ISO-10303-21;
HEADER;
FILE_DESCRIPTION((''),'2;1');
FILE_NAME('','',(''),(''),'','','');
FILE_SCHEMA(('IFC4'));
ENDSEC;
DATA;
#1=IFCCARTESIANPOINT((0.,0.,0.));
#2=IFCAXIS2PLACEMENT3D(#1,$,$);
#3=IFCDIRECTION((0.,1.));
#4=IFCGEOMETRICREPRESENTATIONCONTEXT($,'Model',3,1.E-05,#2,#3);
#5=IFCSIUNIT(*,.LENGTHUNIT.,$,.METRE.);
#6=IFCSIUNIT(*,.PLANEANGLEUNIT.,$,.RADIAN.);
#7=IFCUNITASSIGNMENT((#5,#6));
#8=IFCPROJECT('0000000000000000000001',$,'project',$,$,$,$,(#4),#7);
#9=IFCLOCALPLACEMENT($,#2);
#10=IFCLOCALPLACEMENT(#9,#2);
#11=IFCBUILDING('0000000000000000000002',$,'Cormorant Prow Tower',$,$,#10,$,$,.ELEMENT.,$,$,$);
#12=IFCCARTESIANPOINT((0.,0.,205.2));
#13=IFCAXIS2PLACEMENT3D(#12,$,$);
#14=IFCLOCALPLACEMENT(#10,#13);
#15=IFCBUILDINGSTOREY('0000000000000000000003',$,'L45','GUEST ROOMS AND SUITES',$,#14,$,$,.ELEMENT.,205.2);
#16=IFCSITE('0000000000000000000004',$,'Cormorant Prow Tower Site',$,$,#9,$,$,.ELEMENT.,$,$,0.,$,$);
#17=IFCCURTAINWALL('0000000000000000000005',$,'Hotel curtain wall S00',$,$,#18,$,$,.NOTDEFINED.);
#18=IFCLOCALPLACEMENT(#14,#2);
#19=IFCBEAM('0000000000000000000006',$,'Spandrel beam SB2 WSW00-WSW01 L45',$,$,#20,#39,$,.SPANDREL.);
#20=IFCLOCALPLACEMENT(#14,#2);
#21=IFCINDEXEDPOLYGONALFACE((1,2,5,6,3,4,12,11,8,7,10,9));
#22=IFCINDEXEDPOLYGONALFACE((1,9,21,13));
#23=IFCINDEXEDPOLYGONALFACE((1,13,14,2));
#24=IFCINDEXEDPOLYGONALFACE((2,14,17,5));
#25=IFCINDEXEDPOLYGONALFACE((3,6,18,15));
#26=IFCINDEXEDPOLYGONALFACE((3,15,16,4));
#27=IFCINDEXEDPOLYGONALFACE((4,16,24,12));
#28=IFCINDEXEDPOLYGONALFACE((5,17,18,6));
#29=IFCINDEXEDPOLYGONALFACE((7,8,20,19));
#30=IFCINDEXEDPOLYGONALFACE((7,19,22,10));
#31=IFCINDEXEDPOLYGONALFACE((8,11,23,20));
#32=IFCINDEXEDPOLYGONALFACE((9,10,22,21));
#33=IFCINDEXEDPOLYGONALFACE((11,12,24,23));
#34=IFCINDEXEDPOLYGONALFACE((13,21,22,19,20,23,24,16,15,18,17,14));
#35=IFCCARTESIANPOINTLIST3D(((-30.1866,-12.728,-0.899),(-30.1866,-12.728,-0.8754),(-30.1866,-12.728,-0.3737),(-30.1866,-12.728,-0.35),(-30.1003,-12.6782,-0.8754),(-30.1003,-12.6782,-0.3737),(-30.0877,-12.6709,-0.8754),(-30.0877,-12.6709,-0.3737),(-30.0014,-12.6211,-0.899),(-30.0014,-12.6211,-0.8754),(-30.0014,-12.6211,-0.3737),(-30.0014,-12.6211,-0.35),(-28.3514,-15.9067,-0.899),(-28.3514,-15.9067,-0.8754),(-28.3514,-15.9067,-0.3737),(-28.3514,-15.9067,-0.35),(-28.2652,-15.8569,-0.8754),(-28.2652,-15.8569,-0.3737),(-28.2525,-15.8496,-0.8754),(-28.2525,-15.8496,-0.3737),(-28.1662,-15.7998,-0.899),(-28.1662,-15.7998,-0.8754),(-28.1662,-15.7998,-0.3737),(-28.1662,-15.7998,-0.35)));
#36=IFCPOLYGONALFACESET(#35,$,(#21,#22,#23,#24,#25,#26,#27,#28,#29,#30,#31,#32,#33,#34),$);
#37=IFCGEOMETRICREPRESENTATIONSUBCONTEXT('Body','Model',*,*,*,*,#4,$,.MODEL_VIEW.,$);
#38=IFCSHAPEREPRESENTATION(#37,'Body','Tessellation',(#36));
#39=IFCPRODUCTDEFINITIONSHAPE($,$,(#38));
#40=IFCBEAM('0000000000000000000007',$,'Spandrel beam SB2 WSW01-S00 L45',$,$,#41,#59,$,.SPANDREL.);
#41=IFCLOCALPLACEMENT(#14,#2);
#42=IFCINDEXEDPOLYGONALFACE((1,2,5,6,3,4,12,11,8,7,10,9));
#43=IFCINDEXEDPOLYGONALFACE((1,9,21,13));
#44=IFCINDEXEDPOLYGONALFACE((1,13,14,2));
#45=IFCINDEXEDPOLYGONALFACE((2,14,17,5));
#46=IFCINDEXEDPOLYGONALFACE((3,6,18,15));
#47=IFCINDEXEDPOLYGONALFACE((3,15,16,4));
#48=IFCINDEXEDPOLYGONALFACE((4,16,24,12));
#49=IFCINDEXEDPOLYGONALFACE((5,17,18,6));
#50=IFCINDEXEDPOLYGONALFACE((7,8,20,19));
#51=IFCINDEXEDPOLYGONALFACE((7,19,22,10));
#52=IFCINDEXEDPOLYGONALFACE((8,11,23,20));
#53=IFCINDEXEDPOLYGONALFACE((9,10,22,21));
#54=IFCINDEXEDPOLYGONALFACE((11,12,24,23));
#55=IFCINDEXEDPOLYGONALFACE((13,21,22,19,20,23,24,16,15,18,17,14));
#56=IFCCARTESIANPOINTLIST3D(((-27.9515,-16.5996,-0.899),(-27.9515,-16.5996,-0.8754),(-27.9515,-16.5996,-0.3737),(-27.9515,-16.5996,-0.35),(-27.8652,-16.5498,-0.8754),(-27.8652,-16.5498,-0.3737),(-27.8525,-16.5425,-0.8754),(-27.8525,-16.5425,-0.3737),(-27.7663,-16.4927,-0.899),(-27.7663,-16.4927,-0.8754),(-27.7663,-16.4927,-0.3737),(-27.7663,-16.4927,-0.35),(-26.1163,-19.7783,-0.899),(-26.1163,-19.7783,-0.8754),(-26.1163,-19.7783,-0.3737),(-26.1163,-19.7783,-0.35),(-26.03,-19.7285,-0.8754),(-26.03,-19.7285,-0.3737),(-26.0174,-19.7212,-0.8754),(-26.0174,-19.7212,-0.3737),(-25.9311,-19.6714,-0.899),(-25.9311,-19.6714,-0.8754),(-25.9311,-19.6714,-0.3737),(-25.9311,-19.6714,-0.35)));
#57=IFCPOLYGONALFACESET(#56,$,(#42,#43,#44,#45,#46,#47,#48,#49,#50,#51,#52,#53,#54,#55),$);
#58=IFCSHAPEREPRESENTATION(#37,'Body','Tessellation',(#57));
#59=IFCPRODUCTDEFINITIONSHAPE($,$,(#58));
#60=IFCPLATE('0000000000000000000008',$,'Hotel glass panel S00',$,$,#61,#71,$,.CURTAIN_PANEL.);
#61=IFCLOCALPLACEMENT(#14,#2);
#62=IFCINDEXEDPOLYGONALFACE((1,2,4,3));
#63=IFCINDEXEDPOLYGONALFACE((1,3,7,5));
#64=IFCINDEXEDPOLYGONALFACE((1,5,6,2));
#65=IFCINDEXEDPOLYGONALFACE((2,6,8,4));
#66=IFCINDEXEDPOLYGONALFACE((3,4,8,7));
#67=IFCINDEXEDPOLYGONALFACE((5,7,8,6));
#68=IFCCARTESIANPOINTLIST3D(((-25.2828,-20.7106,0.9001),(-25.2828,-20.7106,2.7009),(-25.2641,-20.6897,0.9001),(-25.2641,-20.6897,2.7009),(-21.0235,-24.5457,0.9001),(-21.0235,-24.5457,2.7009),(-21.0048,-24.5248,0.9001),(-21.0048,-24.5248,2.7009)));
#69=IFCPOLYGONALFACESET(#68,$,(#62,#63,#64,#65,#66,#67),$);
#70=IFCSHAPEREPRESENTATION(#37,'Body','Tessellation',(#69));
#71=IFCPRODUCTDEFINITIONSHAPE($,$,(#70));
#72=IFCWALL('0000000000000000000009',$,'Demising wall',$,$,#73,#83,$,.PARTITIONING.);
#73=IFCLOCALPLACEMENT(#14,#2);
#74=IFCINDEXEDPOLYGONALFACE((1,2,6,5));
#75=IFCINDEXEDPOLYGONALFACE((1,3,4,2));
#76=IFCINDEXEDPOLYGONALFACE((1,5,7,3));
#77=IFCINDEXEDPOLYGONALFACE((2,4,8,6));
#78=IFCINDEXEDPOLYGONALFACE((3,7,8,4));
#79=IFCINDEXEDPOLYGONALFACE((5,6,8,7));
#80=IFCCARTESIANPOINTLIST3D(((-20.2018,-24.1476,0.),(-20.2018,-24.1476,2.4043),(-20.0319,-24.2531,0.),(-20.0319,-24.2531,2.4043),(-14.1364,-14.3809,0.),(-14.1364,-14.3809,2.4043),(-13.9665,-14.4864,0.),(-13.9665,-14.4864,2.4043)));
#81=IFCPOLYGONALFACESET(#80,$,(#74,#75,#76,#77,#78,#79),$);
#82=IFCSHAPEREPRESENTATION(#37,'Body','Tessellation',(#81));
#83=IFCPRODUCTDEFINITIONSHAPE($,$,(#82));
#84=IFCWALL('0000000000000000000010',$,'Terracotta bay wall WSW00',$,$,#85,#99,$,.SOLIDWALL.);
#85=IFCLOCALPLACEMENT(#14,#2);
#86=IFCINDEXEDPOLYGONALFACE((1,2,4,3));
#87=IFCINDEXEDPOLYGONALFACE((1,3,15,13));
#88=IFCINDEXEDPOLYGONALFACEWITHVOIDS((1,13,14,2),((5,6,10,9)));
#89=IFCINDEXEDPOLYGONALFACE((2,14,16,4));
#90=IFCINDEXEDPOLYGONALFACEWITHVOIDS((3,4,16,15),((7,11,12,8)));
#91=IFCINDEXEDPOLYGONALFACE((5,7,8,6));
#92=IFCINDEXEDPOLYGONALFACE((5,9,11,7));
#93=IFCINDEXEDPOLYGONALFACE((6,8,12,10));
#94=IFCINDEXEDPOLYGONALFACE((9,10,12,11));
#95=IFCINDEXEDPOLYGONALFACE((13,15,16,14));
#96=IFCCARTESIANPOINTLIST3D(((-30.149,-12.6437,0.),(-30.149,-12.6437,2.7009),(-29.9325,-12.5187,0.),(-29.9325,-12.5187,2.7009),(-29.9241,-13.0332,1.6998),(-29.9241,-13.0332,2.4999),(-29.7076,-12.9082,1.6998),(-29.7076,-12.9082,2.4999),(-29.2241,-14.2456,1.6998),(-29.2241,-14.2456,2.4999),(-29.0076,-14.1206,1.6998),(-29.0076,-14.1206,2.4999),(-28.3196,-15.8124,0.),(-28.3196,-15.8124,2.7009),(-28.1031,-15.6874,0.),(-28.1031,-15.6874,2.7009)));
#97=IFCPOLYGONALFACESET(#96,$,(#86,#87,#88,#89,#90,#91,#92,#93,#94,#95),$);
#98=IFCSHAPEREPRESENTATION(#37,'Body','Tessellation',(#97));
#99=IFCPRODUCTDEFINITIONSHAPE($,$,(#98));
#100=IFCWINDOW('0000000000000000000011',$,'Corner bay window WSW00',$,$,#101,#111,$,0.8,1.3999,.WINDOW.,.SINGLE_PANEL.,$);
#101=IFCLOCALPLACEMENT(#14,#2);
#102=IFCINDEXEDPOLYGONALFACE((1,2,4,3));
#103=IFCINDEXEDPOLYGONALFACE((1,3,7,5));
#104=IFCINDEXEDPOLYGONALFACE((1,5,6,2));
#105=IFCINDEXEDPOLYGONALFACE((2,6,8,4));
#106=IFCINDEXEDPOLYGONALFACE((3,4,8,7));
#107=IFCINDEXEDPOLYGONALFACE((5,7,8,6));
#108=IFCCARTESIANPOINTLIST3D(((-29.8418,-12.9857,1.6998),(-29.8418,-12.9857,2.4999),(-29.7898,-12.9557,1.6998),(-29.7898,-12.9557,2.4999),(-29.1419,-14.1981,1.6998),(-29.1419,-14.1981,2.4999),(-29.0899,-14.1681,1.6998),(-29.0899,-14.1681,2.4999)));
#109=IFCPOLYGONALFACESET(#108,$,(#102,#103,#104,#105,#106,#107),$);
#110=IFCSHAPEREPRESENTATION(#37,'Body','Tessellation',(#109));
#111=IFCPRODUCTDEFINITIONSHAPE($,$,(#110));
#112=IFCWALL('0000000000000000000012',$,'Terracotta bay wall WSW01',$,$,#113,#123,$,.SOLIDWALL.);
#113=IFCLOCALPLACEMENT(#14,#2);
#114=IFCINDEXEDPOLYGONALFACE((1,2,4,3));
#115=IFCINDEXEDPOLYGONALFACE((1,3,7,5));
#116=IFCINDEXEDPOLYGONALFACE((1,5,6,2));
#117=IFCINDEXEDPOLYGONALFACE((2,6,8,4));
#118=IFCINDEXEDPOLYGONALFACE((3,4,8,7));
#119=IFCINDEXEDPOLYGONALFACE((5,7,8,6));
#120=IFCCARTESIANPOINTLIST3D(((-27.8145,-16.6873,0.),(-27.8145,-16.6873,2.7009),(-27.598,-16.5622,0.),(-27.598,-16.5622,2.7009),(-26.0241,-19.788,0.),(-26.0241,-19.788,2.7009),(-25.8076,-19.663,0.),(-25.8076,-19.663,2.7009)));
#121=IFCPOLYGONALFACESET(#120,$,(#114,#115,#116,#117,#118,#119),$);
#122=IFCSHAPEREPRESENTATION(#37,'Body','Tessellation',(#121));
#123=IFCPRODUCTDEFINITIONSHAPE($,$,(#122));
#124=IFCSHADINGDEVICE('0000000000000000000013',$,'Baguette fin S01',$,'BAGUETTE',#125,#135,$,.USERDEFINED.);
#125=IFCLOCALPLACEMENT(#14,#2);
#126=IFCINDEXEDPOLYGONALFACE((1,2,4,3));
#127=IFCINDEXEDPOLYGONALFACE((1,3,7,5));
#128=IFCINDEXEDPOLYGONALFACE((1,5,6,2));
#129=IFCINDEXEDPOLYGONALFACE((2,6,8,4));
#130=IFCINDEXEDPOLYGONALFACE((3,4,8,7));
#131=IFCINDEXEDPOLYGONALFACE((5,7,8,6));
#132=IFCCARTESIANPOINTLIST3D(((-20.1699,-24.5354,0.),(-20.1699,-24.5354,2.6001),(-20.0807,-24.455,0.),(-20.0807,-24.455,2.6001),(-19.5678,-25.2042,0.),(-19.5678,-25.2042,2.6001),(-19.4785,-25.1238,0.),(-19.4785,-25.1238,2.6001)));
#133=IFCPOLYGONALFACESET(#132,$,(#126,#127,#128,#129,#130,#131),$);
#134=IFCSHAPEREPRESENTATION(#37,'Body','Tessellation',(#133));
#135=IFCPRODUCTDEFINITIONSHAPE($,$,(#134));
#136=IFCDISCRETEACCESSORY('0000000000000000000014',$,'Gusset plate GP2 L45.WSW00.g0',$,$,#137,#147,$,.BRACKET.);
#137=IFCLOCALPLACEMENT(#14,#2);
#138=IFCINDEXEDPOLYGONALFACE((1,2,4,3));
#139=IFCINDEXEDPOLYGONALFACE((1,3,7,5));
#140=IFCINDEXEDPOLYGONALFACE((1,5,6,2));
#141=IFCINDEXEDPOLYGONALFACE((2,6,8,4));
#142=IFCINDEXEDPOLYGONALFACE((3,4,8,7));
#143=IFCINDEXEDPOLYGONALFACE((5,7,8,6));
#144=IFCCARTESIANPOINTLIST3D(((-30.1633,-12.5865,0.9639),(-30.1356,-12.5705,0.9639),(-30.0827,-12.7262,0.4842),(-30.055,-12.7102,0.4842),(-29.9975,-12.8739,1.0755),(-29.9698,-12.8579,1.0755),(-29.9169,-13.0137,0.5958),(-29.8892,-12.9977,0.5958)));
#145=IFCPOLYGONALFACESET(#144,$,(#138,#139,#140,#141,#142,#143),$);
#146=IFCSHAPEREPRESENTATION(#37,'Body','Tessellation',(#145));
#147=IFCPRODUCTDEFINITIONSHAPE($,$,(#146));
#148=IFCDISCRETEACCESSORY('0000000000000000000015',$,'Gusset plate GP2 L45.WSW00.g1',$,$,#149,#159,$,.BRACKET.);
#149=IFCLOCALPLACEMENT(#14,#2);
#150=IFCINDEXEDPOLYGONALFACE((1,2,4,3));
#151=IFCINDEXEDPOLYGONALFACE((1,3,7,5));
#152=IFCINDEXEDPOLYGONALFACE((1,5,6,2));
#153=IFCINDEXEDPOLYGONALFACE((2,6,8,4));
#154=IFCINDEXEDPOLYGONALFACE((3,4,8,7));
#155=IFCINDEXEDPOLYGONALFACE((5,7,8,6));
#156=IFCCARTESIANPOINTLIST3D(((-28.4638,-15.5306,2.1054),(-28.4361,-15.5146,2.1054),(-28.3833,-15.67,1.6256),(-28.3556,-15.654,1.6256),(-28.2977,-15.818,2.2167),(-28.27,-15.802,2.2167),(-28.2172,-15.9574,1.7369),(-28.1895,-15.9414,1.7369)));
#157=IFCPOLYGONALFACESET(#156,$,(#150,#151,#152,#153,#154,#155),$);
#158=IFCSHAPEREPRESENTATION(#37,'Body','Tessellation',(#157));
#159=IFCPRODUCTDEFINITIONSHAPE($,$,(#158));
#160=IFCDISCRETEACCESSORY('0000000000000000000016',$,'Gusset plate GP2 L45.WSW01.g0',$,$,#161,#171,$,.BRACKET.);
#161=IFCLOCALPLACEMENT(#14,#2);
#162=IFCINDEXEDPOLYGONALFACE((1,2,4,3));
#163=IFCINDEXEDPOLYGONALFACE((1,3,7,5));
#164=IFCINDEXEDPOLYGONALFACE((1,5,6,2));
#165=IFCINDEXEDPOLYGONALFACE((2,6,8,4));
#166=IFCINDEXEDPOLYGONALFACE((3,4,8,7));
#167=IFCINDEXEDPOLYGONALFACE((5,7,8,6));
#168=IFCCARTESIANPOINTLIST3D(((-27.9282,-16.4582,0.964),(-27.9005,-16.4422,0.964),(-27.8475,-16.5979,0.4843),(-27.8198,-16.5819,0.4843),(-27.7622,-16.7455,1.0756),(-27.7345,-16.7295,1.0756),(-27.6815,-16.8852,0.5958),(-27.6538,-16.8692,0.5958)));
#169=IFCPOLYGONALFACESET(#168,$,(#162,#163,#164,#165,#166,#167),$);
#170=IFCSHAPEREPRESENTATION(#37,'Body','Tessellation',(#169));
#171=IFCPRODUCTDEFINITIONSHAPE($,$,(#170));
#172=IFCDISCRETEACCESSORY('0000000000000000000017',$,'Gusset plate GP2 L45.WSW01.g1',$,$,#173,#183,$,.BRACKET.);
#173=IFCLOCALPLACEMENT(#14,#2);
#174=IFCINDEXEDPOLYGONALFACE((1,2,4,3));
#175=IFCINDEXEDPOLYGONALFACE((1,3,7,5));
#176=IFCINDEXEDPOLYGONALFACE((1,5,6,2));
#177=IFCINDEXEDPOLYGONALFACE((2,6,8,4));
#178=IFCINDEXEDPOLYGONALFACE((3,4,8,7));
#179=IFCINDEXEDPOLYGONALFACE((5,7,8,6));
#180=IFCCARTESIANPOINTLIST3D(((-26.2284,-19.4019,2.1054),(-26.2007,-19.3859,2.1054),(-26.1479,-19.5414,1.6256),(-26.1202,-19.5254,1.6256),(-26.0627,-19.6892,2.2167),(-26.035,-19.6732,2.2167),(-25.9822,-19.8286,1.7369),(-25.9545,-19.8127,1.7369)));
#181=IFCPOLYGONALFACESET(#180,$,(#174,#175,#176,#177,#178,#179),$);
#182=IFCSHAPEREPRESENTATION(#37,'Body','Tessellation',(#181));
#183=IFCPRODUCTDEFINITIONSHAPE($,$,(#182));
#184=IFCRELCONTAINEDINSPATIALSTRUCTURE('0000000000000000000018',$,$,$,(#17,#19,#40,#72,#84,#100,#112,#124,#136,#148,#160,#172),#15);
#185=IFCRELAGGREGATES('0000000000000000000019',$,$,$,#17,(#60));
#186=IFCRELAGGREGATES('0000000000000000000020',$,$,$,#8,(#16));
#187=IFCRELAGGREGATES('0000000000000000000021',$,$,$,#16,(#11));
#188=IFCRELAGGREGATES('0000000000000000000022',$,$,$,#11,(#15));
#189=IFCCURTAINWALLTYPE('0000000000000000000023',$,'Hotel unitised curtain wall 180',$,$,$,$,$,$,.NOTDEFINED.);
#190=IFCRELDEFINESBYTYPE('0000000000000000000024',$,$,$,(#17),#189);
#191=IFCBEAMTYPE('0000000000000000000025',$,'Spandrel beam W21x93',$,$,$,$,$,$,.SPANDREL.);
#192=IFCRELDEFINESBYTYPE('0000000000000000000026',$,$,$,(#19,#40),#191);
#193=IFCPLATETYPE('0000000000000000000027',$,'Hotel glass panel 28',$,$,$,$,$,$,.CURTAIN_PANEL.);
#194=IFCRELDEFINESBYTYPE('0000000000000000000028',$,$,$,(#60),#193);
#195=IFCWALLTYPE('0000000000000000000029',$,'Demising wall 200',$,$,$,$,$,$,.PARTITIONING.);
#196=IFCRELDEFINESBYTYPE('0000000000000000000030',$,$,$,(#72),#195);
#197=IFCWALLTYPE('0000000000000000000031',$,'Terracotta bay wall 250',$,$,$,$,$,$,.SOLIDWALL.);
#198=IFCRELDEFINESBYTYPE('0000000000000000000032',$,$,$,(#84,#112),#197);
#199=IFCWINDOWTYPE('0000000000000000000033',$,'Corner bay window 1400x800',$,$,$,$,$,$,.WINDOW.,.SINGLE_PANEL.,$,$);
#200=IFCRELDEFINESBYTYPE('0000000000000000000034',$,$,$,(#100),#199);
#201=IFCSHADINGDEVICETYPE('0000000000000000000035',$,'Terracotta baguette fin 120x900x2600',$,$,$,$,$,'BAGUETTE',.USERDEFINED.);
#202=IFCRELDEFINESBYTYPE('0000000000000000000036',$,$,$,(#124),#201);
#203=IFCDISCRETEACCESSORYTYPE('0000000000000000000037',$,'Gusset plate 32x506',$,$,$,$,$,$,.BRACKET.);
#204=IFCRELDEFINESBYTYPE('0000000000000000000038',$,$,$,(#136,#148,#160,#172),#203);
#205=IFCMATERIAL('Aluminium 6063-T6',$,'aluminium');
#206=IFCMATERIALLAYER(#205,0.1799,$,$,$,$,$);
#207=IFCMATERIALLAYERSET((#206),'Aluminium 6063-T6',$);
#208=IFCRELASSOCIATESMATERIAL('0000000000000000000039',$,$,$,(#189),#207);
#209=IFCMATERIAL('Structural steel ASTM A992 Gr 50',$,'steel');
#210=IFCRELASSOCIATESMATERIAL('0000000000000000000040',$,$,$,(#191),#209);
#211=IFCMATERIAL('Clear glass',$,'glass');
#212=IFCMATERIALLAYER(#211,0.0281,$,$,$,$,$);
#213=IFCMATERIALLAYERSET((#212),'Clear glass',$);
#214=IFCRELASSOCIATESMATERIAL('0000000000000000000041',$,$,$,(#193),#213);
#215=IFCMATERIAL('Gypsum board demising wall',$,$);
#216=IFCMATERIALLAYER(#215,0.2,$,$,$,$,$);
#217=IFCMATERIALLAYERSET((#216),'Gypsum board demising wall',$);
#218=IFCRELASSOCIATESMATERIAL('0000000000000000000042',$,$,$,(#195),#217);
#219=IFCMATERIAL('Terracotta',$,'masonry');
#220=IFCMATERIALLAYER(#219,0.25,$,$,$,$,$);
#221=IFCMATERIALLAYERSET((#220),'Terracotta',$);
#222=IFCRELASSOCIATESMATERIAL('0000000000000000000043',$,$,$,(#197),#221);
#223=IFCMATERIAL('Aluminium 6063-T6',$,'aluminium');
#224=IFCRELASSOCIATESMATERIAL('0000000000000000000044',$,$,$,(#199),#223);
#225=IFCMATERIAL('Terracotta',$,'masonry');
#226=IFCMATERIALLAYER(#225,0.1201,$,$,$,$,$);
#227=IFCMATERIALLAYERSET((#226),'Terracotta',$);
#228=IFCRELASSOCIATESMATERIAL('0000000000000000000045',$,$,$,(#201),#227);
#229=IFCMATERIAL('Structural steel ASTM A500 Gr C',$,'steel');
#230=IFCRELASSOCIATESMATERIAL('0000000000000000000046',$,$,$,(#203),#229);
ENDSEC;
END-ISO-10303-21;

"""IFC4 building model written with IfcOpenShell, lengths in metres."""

from ifc_helpers import new_model, si_unit, direction, frame, frame_2d, origin, origin_2d, place, context, subcontext, project, spatial, rectangle, i_section, extrude, material, layer, layer_set, material_profile, profile_set, type_object, element, fill, aggregate, save


model = new_model("IFC4")

# Units and contexts
model_context = context("Model", 3, precision=1e-05, world=origin(), true_north=direction((0.0, 1.0)))
body_context = subcontext(model_context, "Body", "Model", "MODEL_VIEW")
ifc_project = project(units=[si_unit("LENGTHUNIT", "METRE"), si_unit("PLANEANGLEUNIT", "RADIAN")], contexts=[model_context])

# Site, building, storey
site_placement = place(None, origin())
site = spatial("IfcSite", under=ifc_project, at=site_placement, Name="Cormorant Prow Tower Site", CompositionType="ELEMENT", RefElevation=0.0)
building_placement = place(site_placement, origin())
building = spatial("IfcBuilding", under=site, at=building_placement, Name="Cormorant Prow Tower", CompositionType="ELEMENT")
storey_placement = place(building_placement, frame((0.0, 0.0, 205.2)))
storey = spatial("IfcBuildingStorey", under=building, at=storey_placement, Name="L45", Description="GUEST ROOMS AND SUITES", CompositionType="ELEMENT", Elevation=205.2)

# Curtain wall
ifc_material_1 = material(Name="Aluminium 6063-T6", Category="aluminium")
ifc_layer_1 = layer(ifc_material_1, 0.1799)
ifc_layer_set_1 = layer_set([ifc_layer_1], Name="Aluminium 6063-T6")
curtain_wall_type = type_object("IfcCurtainWallType", Name="Hotel unitised curtain wall 180", PredefinedType="NOTDEFINED", material=ifc_layer_set_1)
curtain_wall_placement = place(storey_placement, origin())
curtain_wall = element("IfcCurtainWall", 1, at=curtain_wall_placement, inside=storey, type_object=curtain_wall_type, Name="Hotel curtain wall S00", PredefinedType="NOTDEFINED")

# Beams
ifc_material_2 = material(Name="Structural steel ASTM A992 Gr 50", Category="steel")
ifc_material_profile_1 = material_profile(ifc_material_2, i_section(OverallWidth=0.2139, OverallDepth=0.5491, WebThickness=0.0146, FlangeThickness=0.0237, at=origin_2d()), Name="W21x93")
ifc_profile_set_1 = profile_set([ifc_material_profile_1], Name="Structural steel ASTM A992 Gr 50")
beam_type = type_object("IfcBeamType", Name="Spandrel beam W21x93", PredefinedType="SPANDREL", material=ifc_profile_set_1)
for number, where, z_axis, x_axis, name in (
    (2, (-30.094, -12.6746, -0.6245), (0.499995, -0.866028, 0.0), (0.866028, 0.499995, 0.0), "Spandrel beam SB2 WSW00-WSW01 L45"),
    (3, (-27.8589, -16.5461, -0.6245), (0.499995, -0.866028, 0.0), (0.866028, 0.499995, 0.0), "Spandrel beam SB2 WSW01-S00 L45"),
):
    element("IfcBeam", number, at=place(storey_placement, frame(where, z_axis=z_axis, x_axis=x_axis)), inside=storey, type_object=beam_type, Name=name, PredefinedType="SPANDREL", context=body_context, shape_type="SweptSolid", body=[
        extrude(i_section(OverallWidth=0.2139, OverallDepth=0.5491, WebThickness=0.0146, FlangeThickness=0.0237, at=origin_2d()), origin(), (0.0, 0.0, 1.0), 3.6704),
    ])

# Plate
ifc_material_3 = material(Name="Clear glass", Category="glass")
ifc_layer_2 = layer(ifc_material_3, 0.0281)
ifc_layer_set_2 = layer_set([ifc_layer_2], Name="Clear glass")
plate_type = type_object("IfcPlateType", Name="Hotel glass panel 28", PredefinedType="CURTAIN_PANEL", material=ifc_layer_set_2)
plate_placement = place(storey_placement, frame((-23.1438, -22.6177, 0.9001), z_axis=(0.0, 0.0, 1.0), x_axis=(0.743145, -0.669131, 0.0)))
plate = element("IfcPlate", 4, at=plate_placement, type_object=plate_type, Name="Hotel glass panel S00", PredefinedType="CURTAIN_PANEL", context=body_context, shape_type="SweptSolid", body=[
    extrude(rectangle(XDim=5.7314, YDim=0.0281, at=origin_2d()), origin(), (0.0, 0.0, 1.0), 1.8008),
])
aggregate(curtain_wall, [plate])

# Wall
ifc_material_4 = material(Name="Gypsum board demising wall")
ifc_layer_3 = layer(ifc_material_4, 0.2)
ifc_layer_set_3 = layer_set([ifc_layer_3], Name="Gypsum board demising wall")
wall_type_1 = type_object("IfcWallType", Name="Demising wall 200", PredefinedType="PARTITIONING", material=ifc_layer_set_3)
wall_1_placement = place(storey_placement, frame((-20.1169, -24.2004, 0.0), z_axis=(0.0, 0.0, 1.0), x_axis=(0.527576, 0.849508, 0.0)))
element("IfcWall", 5, at=wall_1_placement, inside=storey, type_object=wall_type_1, Name="Demising wall", PredefinedType="PARTITIONING", context=body_context, shape_type="SweptSolid", body=[
    extrude(rectangle(XDim=11.4968, YDim=0.2, at=frame_2d((5.7485, 0.0))), origin(), (0.0, 0.0, 1.0), 2.4043),
])

# Wall, opening, window
ifc_material_5 = material(Name="Terracotta", Category="masonry")
ifc_layer_4 = layer(ifc_material_5, 0.25)
ifc_layer_set_4 = layer_set([ifc_layer_4], Name="Terracotta")
wall_type_2 = type_object("IfcWallType", Name="Terracotta bay wall 250", PredefinedType="SOLIDWALL", material=ifc_layer_set_4)
wall_2_placement = place(storey_placement, frame((-30.0408, -12.5811, 0.0), z_axis=(0.0, 0.0, 1.0), x_axis=(0.499979, -0.866038, 0.0)))
wall_2 = element("IfcWall", 6, at=wall_2_placement, inside=storey, type_object=wall_type_2, Name="Terracotta bay wall WSW00", PredefinedType="SOLIDWALL", context=body_context, shape_type="SweptSolid", body=[
    extrude(rectangle(XDim=3.6589, YDim=0.25, at=frame_2d((1.8296, 0.0))), origin(), (0.0, 0.0, 1.0), 2.7009),
])
opening_1_placement = place(wall_2_placement, frame((0.45, 0.0, 1.7)))
opening_1 = element("IfcOpeningElement", 7, at=opening_1_placement, cuts=wall_2, PredefinedType="OPENING", context=body_context, shape_type="SweptSolid", body=[
    extrude(rectangle(XDim=1.3999, YDim=0.8, at=frame_2d((0.7, 0.3999))), frame((0.0, 0.135, 0.0), z_axis=(0.0, -1.0, 0.0), x_axis=(1.0, 0.0, 0.0)), (0.0, 0.0, 1.0), 0.27),
])
ifc_material_6 = material(Name="Aluminium 6063-T6", Category="aluminium")
window_type = type_object("IfcWindowType", Name="Corner bay window 1400x800", PartitioningType="SINGLE_PANEL", PredefinedType="WINDOW", material=ifc_material_6)
window_placement = place(opening_1_placement, origin())
window = element("IfcWindow", 8, at=window_placement, inside=storey, type_object=window_type, Name="Corner bay window WSW00", OverallHeight=0.8, OverallWidth=1.3999, PartitioningType="SINGLE_PANEL", PredefinedType="WINDOW", context=body_context, shape_type="SweptSolid", body=[
    extrude(rectangle(XDim=1.3999, YDim=0.8, at=frame_2d((0.7, 0.3999))), frame((0.0, 0.03, 0.0), z_axis=(0.0, -1.0, 0.0), x_axis=(1.0, 0.0, 0.0)), (0.0, 0.0, 1.0), 0.0601),
])
fill(opening_1, window)

# Wall
wall_3_placement = place(storey_placement, frame((-27.7063, -16.6248, 0.0), z_axis=(0.0, 0.0, 1.0), x_axis=(0.500055, -0.865994, 0.0)))
element("IfcWall", 9, at=wall_3_placement, inside=storey, type_object=wall_type_2, Name="Terracotta bay wall WSW01", PredefinedType="SOLIDWALL", context=body_context, shape_type="SweptSolid", body=[
    extrude(rectangle(XDim=3.5806, YDim=0.25, at=frame_2d((1.7903, 0.0))), origin(), (0.0, 0.0, 1.0), 2.7009),
])

# Shading device
ifc_material_7 = material(Name="Terracotta", Category="masonry")
ifc_layer_5 = layer(ifc_material_7, 0.1201)
ifc_layer_set_5 = layer_set([ifc_layer_5], Name="Terracotta")
shading_device_type = type_object("IfcShadingDeviceType", Name="Terracotta baguette fin 120x900x2600", ElementType="BAGUETTE", PredefinedType="USERDEFINED", material=ifc_layer_set_5)
shading_device_placement = place(storey_placement, frame((-19.8242, -24.8296, 0.0), z_axis=(0.0, 0.0, 1.0), x_axis=(0.743145, 0.669131, 0.0)))
element("IfcShadingDevice", 10, at=shading_device_placement, inside=storey, type_object=shading_device_type, Name="Baguette fin S01", ObjectType="BAGUETTE", PredefinedType="USERDEFINED", context=body_context, shape_type="SweptSolid", body=[
    extrude(rectangle(XDim=0.1201, YDim=0.8999, at=origin_2d()), origin(), (0.0, 0.0, 1.0), 2.6001),
])

# Discrete accessories
ifc_material_8 = material(Name="Structural steel ASTM A500 Gr C", Category="steel")
ifc_material_profile_2 = material_profile(ifc_material_8, rectangle(XDim=0.032, YDim=0.5061, at=origin_2d()), Name="Gusset plate 32x506")
ifc_profile_set_2 = profile_set([ifc_material_profile_2], Name="Structural steel ASTM A500 Gr C")
discrete_accessory_type = type_object("IfcDiscreteAccessoryType", Name="Gusset plate 32x506", PredefinedType="BRACKET", material=ifc_profile_set_2)
for number, where, z_axis, x_axis, name in (
    (11, (-29.9434, -12.9358, 0.8357), (-0.473632, 0.821008, -0.318777), (-0.866198, -0.499701, 0.0), "Gusset plate GP2 L45.WSW00.g0"),
    (12, (-28.4097, -15.5923, 1.8655), (0.474278, -0.820919, 0.318045), (0.865879, 0.500253, 0.0), "Gusset plate GP2 L45.WSW00.g1"),
    (13, (-27.708, -16.8074, 0.8357), (-0.474172, 0.820737, -0.318672), (-0.865879, -0.500253, 0.0), "Gusset plate GP2 L45.WSW01.g0"),
):
    element("IfcDiscreteAccessory", number, at=place(storey_placement, frame(where, z_axis=z_axis, x_axis=x_axis)), inside=storey, type_object=discrete_accessory_type, Name=name, PredefinedType="BRACKET", context=body_context, shape_type="SweptSolid", body=[
        extrude(rectangle(XDim=0.032, YDim=0.5061, at=origin_2d()), origin(), (0.0, 0.0, 1.0), 0.3501),
    ])
discrete_accessory_placement = place(storey_placement, frame((-26.1743, -19.4636, 1.8655), z_axis=(0.473737, -0.82119, 0.31815), x_axis=(0.866198, 0.499701, 0.0)))
element("IfcDiscreteAccessory", 14, at=discrete_accessory_placement, inside=storey, type_object=discrete_accessory_type, Name="Gusset plate GP2 L45.WSW01.g1", PredefinedType="BRACKET", context=body_context, shape_type="SweptSolid", body=[
    extrude(rectangle(XDim=0.032, YDim=0.5061, at=origin_2d()), origin(), (0.0, 0.0, 1.0), 0.3499),
])

save(model, "model.ifc")
